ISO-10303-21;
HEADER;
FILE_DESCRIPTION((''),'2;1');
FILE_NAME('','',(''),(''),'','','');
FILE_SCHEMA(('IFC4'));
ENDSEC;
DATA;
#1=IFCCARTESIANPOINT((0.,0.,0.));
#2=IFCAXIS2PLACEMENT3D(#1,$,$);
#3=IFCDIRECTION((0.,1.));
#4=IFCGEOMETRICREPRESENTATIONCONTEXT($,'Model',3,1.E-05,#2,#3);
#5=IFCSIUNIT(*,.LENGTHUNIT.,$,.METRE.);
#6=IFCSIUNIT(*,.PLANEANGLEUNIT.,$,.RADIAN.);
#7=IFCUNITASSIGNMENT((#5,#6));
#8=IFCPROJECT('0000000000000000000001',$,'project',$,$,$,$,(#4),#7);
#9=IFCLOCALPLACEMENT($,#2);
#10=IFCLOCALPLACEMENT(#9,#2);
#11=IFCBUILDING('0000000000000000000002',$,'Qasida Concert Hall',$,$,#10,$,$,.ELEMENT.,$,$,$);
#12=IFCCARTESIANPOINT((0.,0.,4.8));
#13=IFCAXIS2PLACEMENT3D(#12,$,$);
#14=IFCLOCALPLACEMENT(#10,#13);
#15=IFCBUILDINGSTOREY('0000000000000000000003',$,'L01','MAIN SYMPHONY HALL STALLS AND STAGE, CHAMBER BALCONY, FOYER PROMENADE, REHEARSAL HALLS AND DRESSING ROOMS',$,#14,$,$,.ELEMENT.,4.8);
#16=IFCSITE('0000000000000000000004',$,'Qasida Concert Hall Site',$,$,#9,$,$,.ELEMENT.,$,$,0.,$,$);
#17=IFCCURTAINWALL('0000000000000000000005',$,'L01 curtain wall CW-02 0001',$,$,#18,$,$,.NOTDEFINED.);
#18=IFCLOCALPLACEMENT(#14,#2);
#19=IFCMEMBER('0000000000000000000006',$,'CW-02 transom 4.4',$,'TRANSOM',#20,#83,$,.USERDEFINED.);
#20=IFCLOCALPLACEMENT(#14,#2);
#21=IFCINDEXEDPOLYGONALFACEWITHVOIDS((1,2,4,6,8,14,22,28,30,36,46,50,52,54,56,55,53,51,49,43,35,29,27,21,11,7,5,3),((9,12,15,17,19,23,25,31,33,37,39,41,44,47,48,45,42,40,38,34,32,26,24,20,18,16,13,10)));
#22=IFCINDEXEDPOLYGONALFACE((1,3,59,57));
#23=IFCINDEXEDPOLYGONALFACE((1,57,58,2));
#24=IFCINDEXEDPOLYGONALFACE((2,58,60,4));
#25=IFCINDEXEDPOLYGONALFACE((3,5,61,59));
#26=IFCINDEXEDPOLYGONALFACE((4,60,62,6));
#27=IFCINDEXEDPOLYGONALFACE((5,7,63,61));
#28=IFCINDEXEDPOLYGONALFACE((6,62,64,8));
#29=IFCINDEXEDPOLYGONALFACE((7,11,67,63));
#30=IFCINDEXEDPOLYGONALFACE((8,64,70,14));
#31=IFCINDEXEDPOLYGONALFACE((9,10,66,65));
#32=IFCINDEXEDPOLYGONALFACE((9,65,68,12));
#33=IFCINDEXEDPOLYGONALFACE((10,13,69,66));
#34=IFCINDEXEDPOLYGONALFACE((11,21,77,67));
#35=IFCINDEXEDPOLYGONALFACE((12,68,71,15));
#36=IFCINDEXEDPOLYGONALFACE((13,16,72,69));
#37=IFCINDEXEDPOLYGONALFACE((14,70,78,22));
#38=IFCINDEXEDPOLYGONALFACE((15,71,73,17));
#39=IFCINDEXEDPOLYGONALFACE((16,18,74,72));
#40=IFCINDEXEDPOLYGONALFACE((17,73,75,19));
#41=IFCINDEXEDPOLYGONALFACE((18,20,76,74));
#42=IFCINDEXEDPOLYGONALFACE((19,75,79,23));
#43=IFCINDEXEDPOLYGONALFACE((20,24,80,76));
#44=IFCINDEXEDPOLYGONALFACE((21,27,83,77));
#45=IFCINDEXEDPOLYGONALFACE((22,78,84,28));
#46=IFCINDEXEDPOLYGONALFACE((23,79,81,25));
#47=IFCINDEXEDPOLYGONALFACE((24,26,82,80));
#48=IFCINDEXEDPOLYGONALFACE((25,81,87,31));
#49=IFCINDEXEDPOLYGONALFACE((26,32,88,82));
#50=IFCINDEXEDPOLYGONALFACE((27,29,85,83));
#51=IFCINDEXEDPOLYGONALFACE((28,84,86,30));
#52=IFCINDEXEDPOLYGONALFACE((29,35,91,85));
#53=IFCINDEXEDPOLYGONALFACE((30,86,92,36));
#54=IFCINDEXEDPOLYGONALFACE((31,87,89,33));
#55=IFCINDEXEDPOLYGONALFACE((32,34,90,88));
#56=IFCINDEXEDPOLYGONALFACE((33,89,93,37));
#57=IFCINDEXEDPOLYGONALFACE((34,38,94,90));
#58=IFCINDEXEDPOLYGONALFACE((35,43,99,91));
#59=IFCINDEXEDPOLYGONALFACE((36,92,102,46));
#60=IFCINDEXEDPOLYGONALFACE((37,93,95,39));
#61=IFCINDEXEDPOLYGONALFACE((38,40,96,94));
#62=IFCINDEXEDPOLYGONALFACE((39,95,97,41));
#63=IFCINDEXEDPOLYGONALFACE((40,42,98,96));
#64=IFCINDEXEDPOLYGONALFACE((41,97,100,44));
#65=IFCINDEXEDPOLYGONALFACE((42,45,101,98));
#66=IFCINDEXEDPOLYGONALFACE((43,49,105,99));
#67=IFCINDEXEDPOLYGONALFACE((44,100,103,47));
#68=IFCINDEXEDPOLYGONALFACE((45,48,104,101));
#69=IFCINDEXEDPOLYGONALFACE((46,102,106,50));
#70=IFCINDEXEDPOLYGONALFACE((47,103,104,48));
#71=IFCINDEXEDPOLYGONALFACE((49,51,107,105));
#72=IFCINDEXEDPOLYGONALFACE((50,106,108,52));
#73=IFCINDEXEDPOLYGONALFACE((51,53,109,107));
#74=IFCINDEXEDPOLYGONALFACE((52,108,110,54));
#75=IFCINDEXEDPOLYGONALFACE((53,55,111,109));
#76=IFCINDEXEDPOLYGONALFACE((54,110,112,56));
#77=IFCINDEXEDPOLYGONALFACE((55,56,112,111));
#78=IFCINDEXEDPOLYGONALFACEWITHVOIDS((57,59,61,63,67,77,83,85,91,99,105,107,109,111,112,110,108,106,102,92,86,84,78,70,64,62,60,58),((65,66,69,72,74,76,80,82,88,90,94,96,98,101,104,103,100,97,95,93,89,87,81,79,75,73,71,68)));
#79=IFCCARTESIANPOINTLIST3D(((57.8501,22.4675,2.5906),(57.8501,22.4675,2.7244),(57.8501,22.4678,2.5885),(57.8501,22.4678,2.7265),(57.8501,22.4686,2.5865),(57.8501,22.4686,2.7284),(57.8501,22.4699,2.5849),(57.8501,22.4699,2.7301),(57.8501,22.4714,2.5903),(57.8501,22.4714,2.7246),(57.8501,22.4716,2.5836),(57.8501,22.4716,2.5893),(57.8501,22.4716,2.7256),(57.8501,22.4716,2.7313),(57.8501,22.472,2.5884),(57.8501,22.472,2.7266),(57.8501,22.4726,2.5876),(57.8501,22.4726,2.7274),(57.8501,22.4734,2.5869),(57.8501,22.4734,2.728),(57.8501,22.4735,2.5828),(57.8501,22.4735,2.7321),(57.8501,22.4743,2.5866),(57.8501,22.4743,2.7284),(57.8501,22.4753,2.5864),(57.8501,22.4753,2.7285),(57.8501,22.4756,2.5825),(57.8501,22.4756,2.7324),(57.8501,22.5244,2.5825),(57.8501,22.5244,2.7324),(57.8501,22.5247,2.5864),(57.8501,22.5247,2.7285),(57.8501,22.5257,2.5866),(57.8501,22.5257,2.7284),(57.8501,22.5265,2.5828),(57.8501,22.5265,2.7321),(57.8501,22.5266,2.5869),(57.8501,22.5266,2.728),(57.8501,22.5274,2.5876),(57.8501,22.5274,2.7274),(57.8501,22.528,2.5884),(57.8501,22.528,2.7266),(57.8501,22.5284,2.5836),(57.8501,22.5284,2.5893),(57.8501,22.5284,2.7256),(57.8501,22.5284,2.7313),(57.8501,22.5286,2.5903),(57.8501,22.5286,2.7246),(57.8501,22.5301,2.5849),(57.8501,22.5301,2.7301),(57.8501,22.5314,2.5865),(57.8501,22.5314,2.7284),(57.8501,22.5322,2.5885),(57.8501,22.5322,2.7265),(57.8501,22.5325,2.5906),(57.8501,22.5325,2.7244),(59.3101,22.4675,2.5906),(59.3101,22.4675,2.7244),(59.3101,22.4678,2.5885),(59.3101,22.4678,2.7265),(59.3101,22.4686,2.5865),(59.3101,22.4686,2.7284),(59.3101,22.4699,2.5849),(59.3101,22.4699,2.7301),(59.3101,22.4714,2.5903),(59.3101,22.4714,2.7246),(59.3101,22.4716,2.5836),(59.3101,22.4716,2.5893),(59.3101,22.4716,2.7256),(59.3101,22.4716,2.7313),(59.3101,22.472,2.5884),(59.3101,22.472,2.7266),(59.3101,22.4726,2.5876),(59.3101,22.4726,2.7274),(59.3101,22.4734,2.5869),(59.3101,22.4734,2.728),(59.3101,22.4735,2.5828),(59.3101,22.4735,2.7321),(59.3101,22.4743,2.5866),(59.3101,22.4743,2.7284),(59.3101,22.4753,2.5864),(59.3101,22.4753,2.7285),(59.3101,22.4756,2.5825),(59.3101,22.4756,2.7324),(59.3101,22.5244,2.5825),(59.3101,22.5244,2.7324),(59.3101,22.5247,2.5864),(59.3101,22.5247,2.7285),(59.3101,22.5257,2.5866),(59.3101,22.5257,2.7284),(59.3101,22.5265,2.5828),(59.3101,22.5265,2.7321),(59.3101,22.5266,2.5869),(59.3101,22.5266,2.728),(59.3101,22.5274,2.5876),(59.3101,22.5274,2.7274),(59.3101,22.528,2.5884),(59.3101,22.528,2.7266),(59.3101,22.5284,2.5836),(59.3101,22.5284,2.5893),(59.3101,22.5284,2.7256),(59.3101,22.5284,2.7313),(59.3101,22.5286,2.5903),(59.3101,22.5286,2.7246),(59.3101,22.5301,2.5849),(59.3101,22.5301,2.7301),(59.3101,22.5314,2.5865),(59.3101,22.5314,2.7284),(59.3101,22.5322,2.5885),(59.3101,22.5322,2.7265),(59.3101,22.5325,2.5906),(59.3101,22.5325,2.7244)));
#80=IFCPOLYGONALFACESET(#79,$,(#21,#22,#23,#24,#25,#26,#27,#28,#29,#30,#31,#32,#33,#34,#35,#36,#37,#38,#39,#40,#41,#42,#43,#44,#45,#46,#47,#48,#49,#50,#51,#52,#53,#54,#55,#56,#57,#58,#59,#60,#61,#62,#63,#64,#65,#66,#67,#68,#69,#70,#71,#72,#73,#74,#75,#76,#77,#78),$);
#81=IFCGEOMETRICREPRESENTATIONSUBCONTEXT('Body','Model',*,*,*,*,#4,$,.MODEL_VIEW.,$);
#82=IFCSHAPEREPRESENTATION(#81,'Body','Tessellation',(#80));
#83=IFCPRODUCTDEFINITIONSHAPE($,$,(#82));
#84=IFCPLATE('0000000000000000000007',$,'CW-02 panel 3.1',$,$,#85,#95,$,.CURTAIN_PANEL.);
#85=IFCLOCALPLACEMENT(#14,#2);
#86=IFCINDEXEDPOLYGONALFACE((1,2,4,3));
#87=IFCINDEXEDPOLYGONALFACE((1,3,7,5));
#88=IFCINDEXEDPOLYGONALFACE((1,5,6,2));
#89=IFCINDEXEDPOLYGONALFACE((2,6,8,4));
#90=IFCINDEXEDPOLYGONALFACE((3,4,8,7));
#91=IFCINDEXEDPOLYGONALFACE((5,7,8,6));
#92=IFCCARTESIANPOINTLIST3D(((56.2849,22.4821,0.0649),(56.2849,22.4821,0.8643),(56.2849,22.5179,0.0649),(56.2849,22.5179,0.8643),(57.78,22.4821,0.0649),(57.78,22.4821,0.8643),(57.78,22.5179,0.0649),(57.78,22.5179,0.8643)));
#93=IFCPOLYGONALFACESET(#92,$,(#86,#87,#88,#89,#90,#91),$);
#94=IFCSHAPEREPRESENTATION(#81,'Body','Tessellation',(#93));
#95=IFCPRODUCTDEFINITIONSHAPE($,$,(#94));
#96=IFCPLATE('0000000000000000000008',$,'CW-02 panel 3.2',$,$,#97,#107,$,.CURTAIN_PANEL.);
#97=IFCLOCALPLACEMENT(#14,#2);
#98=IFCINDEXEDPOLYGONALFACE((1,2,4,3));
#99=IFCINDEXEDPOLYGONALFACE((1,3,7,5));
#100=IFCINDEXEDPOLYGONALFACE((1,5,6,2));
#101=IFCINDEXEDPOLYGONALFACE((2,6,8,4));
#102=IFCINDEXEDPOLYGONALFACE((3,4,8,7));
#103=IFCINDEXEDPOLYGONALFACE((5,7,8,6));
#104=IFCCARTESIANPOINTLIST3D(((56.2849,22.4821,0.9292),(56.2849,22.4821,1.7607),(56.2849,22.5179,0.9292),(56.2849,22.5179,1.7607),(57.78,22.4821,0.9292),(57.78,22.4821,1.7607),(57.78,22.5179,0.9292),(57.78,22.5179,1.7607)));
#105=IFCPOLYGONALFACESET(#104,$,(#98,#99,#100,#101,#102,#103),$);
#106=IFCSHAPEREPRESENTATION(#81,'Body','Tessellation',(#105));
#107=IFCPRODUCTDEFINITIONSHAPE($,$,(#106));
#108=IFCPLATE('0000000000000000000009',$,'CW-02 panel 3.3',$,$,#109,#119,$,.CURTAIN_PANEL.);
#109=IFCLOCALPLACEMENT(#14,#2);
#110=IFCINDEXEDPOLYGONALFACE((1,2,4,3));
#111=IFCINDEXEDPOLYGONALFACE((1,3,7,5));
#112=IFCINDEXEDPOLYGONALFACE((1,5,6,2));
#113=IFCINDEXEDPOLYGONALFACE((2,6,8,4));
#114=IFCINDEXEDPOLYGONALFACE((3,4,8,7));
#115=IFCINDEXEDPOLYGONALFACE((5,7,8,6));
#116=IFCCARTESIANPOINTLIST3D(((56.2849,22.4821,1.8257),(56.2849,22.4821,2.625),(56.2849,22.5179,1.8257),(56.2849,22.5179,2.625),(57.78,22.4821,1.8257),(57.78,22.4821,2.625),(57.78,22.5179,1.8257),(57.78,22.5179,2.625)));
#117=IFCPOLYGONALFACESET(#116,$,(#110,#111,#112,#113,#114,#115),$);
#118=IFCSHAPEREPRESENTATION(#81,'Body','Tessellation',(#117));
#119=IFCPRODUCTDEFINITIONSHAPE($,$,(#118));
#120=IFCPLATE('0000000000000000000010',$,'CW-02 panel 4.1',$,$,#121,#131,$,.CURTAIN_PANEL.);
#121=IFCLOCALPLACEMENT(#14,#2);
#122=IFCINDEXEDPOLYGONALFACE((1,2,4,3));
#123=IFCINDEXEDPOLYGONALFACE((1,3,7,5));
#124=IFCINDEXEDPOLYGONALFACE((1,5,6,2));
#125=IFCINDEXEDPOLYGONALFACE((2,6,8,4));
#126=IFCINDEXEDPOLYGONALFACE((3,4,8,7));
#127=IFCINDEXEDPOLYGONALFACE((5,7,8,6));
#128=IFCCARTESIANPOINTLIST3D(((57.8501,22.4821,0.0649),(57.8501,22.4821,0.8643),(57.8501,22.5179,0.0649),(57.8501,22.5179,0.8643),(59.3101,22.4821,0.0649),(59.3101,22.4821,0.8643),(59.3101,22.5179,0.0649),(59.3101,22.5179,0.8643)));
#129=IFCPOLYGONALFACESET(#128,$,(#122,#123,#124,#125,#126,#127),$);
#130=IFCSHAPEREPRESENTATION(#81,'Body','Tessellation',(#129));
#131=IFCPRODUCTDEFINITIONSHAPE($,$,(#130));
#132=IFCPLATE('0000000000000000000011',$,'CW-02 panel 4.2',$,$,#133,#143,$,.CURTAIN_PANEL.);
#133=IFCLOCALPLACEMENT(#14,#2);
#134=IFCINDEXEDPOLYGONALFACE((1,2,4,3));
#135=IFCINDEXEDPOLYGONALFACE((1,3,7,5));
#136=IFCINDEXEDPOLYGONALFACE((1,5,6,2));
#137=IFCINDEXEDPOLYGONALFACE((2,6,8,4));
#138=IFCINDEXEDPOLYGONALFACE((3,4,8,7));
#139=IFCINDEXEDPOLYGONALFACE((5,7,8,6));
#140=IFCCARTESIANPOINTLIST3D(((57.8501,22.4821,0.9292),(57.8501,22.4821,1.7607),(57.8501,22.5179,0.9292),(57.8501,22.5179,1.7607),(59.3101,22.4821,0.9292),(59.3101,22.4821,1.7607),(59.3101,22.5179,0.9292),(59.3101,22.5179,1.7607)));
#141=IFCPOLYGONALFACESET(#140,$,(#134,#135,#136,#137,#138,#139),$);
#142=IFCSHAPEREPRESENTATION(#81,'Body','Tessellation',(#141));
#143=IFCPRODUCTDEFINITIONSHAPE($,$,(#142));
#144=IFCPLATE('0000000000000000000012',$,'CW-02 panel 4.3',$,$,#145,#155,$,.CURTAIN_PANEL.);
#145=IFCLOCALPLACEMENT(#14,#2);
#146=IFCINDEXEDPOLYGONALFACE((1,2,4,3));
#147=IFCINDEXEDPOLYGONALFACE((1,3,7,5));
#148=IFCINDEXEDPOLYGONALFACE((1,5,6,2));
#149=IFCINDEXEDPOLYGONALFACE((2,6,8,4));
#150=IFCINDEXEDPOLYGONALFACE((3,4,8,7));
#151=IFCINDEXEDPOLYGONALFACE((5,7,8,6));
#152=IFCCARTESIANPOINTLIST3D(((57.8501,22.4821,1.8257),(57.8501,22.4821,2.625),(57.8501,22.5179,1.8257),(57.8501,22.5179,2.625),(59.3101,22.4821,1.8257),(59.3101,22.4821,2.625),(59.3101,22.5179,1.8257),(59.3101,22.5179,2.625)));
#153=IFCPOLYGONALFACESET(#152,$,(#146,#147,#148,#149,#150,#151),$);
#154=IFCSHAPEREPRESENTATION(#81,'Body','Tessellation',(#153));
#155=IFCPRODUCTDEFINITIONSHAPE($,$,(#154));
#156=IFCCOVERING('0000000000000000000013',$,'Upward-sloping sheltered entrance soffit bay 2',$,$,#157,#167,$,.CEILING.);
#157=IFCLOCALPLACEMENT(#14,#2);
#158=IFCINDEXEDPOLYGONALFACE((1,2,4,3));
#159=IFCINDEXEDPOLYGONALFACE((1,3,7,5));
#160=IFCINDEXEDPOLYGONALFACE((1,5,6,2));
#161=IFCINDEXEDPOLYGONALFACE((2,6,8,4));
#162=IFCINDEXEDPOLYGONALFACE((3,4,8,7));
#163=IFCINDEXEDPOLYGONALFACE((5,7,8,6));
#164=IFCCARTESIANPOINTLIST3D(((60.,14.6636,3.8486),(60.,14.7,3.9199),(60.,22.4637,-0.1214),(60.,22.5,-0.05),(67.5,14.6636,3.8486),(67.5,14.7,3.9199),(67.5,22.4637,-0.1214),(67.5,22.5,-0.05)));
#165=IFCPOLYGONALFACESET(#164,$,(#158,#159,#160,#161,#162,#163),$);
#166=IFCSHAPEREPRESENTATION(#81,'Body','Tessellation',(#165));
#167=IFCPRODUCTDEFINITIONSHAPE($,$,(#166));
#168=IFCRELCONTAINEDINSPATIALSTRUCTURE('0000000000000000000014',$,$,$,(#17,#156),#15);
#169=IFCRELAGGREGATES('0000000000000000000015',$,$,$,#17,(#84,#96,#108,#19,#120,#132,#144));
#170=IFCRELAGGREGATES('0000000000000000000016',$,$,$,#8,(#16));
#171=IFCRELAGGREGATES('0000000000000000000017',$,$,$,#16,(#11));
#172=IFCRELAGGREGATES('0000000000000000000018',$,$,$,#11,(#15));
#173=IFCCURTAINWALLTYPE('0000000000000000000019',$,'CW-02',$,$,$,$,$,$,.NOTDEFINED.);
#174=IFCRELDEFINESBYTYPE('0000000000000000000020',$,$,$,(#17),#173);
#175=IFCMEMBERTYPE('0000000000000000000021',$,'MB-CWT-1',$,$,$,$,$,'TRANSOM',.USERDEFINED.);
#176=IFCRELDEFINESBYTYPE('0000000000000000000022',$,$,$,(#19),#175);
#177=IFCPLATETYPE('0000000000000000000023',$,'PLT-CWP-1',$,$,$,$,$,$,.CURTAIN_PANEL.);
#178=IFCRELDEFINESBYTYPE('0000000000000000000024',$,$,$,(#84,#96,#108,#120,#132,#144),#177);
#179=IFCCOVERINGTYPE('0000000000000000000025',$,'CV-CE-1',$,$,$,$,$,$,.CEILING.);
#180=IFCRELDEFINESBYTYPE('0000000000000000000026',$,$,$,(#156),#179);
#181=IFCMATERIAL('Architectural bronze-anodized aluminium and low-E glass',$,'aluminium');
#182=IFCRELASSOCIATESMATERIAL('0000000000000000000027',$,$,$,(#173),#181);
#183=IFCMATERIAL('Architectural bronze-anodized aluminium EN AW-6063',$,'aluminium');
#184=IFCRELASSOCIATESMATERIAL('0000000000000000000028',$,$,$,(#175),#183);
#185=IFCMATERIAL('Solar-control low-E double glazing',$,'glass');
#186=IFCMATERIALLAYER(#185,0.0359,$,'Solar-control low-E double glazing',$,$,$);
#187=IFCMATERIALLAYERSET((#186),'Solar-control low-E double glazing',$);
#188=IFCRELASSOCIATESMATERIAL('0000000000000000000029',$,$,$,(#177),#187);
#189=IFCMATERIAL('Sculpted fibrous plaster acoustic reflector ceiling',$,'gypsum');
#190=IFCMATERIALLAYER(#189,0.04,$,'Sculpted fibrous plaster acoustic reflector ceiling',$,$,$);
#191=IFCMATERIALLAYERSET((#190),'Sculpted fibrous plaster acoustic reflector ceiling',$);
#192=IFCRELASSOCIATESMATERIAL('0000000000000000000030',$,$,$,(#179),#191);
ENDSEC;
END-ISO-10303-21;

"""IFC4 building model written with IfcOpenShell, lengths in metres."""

from ifc_helpers import new_model, si_unit, direction, frame, origin, origin_2d, place, context, subcontext, project, spatial, polyline, rectangle, hollow_rectangle, outline, extrude, material, layer, layer_set, material_profile, profile_set, type_object, element, aggregate, save


model = new_model("IFC4")

# Units and contexts
model_context = context("Model", 3, precision=1e-05, world=origin(), true_north=direction((0.0, 1.0)))
body_context = subcontext(model_context, "Body", "Model", "MODEL_VIEW")
ifc_project = project(units=[si_unit("LENGTHUNIT", "METRE"), si_unit("PLANEANGLEUNIT", "RADIAN")], contexts=[model_context])

# Site, building, storey
site_placement = place(None, origin())
site = spatial("IfcSite", under=ifc_project, at=site_placement, Name="Qasida Concert Hall Site", CompositionType="ELEMENT", RefElevation=0.0)
building_placement = place(site_placement, origin())
building = spatial("IfcBuilding", under=site, at=building_placement, Name="Qasida Concert Hall", CompositionType="ELEMENT")
storey_placement = place(building_placement, frame((0.0, 0.0, 4.8)))
storey = spatial("IfcBuildingStorey", under=building, at=storey_placement, Name="L01", Description="MAIN SYMPHONY HALL STALLS AND STAGE, CHAMBER BALCONY, FOYER PROMENADE, REHEARSAL HALLS AND DRESSING ROOMS", CompositionType="ELEMENT", Elevation=4.8)

# Curtain wall
ifc_material_1 = material(Name="Architectural bronze-anodized aluminium and low-E glass", Category="aluminium")
curtain_wall_type = type_object("IfcCurtainWallType", Name="CW-02", PredefinedType="NOTDEFINED", material=ifc_material_1)
curtain_wall_1_placement = place(storey_placement, origin())
curtain_wall_1 = element("IfcCurtainWall", 1, at=curtain_wall_1_placement, inside=storey, type_object=curtain_wall_type, Name="L01 curtain wall CW-02 0001", PredefinedType="NOTDEFINED")
ifc_material_2 = material(Name="Architectural bronze-anodized aluminium EN AW-6063", Category="aluminium")

# Member
ifc_material_profile_1 = material_profile(ifc_material_2, hollow_rectangle(XDim=0.0649, YDim=0.1499, WallThickness=0.0039, InnerFilletRadius=0.0039, OuterFilletRadius=0.0081, at=origin_2d()), Name="CWT 150x65x4")
ifc_profile_set_1 = profile_set([ifc_material_profile_1], Name="Architectural bronze-anodized aluminium EN AW-6063")
member_type_1 = type_object("IfcMemberType", Name="MB-CWT-1", ElementType="TRANSOM", PredefinedType="USERDEFINED", material=ifc_profile_set_1)
member_1_placement = place(storey_placement, frame((57.8501, 22.5, 2.6575), z_axis=(1.0, 0.0, 0.0), x_axis=(0.0, 1.0, 0.0)))
member_1 = element("IfcMember", 2, at=member_1_placement, type_object=member_type_1, Name="CW-02 transom 4.4", ObjectType="TRANSOM", PredefinedType="USERDEFINED", context=body_context, shape_type="SweptSolid", body=[
    extrude(hollow_rectangle(XDim=0.0649, YDim=0.1499, WallThickness=0.0039, InnerFilletRadius=0.0039, OuterFilletRadius=0.0081, at=origin_2d()), origin(), (0.0, 0.0, 1.0), 1.46),
])

# Plates
ifc_material_3 = material(Name="Solar-control low-E double glazing", Category="glass")
ifc_layer_1 = layer(ifc_material_3, 0.0359, Name="Solar-control low-E double glazing")
ifc_layer_set_1 = layer_set([ifc_layer_1], Name="Solar-control low-E double glazing")
plate_type = type_object("IfcPlateType", Name="PLT-CWP-1", PredefinedType="CURTAIN_PANEL", material=ifc_layer_set_1)
plate_1_placement = place(storey_placement, frame((57.0325, 22.5, 0.0649), z_axis=(0.0, 0.0, 1.0), x_axis=(1.0, 0.0, 0.0)))
plate_1 = element("IfcPlate", 3, at=plate_1_placement, type_object=plate_type, Name="CW-02 panel 3.1", PredefinedType="CURTAIN_PANEL", context=body_context, shape_type="SweptSolid", body=[
    extrude(rectangle(XDim=1.4951, YDim=0.0359, at=origin_2d()), origin(), (0.0, 0.0, 1.0), 0.7993),
])
plate_2_placement = place(storey_placement, frame((57.0325, 22.5, 0.9292), z_axis=(0.0, 0.0, 1.0), x_axis=(1.0, 0.0, 0.0)))
plate_2 = element("IfcPlate", 4, at=plate_2_placement, type_object=plate_type, Name="CW-02 panel 3.2", PredefinedType="CURTAIN_PANEL", context=body_context, shape_type="SweptSolid", body=[
    extrude(rectangle(XDim=1.4951, YDim=0.0359, at=origin_2d()), origin(), (0.0, 0.0, 1.0), 0.8315),
])
plate_3_placement = place(storey_placement, frame((57.0325, 22.5, 1.8257), z_axis=(0.0, 0.0, 1.0), x_axis=(1.0, 0.0, 0.0)))
plate_3 = element("IfcPlate", 5, at=plate_3_placement, type_object=plate_type, Name="CW-02 panel 3.3", PredefinedType="CURTAIN_PANEL", context=body_context, shape_type="SweptSolid", body=[
    extrude(rectangle(XDim=1.4951, YDim=0.0359, at=origin_2d()), origin(), (0.0, 0.0, 1.0), 0.7993),
])
plate_4_placement = place(storey_placement, frame((58.5801, 22.5, 0.0649), z_axis=(0.0, 0.0, 1.0), x_axis=(1.0, 0.0, 0.0)))
plate_4 = element("IfcPlate", 6, at=plate_4_placement, type_object=plate_type, Name="CW-02 panel 4.1", PredefinedType="CURTAIN_PANEL", context=body_context, shape_type="SweptSolid", body=[
    extrude(rectangle(XDim=1.46, YDim=0.0359, at=origin_2d()), origin(), (0.0, 0.0, 1.0), 0.7993),
])
plate_5_placement = place(storey_placement, frame((58.5801, 22.5, 0.9292), z_axis=(0.0, 0.0, 1.0), x_axis=(1.0, 0.0, 0.0)))
plate_5 = element("IfcPlate", 7, at=plate_5_placement, type_object=plate_type, Name="CW-02 panel 4.2", PredefinedType="CURTAIN_PANEL", context=body_context, shape_type="SweptSolid", body=[
    extrude(rectangle(XDim=1.46, YDim=0.0359, at=origin_2d()), origin(), (0.0, 0.0, 1.0), 0.8315),
])
plate_6_placement = place(storey_placement, frame((58.5801, 22.5, 1.8257), z_axis=(0.0, 0.0, 1.0), x_axis=(1.0, 0.0, 0.0)))
plate_6 = element("IfcPlate", 8, at=plate_6_placement, type_object=plate_type, Name="CW-02 panel 4.3", PredefinedType="CURTAIN_PANEL", context=body_context, shape_type="SweptSolid", body=[
    extrude(rectangle(XDim=1.46, YDim=0.0359, at=origin_2d()), origin(), (0.0, 0.0, 1.0), 0.7993),
])
aggregate(curtain_wall_1, [plate_1, plate_2, plate_3, member_1, plate_4, plate_5, plate_6])

# Covering
ifc_material_4 = material(Name="Sculpted fibrous plaster acoustic reflector ceiling", Category="gypsum")
ifc_layer_2 = layer(ifc_material_4, 0.04, Name="Sculpted fibrous plaster acoustic reflector ceiling")
ifc_layer_set_2 = layer_set([ifc_layer_2], Name="Sculpted fibrous plaster acoustic reflector ceiling")
covering_type = type_object("IfcCoveringType", Name="CV-CE-1", PredefinedType="CEILING", material=ifc_layer_set_2)
covering_placement = place(storey_placement, frame((60.0, 22.5, -0.05), z_axis=(0.0, 0.453596, 0.891208), x_axis=(1.0, 0.0, 0.0)))
element("IfcCovering", 9, at=covering_placement, inside=storey, type_object=covering_type, Name="Upward-sloping sheltered entrance soffit bay 2", PredefinedType="CEILING", context=body_context, shape_type="SweptSolid", body=[
    extrude(outline(polyline([(0.0, 0.0), (7.5, 0.0), (7.5, -8.7522), (0.0, -8.7522), (0.0, 0.0)])), origin(), (0.0, 0.0, -1.0), 0.0801),
])

save(model, "model.ifc")
